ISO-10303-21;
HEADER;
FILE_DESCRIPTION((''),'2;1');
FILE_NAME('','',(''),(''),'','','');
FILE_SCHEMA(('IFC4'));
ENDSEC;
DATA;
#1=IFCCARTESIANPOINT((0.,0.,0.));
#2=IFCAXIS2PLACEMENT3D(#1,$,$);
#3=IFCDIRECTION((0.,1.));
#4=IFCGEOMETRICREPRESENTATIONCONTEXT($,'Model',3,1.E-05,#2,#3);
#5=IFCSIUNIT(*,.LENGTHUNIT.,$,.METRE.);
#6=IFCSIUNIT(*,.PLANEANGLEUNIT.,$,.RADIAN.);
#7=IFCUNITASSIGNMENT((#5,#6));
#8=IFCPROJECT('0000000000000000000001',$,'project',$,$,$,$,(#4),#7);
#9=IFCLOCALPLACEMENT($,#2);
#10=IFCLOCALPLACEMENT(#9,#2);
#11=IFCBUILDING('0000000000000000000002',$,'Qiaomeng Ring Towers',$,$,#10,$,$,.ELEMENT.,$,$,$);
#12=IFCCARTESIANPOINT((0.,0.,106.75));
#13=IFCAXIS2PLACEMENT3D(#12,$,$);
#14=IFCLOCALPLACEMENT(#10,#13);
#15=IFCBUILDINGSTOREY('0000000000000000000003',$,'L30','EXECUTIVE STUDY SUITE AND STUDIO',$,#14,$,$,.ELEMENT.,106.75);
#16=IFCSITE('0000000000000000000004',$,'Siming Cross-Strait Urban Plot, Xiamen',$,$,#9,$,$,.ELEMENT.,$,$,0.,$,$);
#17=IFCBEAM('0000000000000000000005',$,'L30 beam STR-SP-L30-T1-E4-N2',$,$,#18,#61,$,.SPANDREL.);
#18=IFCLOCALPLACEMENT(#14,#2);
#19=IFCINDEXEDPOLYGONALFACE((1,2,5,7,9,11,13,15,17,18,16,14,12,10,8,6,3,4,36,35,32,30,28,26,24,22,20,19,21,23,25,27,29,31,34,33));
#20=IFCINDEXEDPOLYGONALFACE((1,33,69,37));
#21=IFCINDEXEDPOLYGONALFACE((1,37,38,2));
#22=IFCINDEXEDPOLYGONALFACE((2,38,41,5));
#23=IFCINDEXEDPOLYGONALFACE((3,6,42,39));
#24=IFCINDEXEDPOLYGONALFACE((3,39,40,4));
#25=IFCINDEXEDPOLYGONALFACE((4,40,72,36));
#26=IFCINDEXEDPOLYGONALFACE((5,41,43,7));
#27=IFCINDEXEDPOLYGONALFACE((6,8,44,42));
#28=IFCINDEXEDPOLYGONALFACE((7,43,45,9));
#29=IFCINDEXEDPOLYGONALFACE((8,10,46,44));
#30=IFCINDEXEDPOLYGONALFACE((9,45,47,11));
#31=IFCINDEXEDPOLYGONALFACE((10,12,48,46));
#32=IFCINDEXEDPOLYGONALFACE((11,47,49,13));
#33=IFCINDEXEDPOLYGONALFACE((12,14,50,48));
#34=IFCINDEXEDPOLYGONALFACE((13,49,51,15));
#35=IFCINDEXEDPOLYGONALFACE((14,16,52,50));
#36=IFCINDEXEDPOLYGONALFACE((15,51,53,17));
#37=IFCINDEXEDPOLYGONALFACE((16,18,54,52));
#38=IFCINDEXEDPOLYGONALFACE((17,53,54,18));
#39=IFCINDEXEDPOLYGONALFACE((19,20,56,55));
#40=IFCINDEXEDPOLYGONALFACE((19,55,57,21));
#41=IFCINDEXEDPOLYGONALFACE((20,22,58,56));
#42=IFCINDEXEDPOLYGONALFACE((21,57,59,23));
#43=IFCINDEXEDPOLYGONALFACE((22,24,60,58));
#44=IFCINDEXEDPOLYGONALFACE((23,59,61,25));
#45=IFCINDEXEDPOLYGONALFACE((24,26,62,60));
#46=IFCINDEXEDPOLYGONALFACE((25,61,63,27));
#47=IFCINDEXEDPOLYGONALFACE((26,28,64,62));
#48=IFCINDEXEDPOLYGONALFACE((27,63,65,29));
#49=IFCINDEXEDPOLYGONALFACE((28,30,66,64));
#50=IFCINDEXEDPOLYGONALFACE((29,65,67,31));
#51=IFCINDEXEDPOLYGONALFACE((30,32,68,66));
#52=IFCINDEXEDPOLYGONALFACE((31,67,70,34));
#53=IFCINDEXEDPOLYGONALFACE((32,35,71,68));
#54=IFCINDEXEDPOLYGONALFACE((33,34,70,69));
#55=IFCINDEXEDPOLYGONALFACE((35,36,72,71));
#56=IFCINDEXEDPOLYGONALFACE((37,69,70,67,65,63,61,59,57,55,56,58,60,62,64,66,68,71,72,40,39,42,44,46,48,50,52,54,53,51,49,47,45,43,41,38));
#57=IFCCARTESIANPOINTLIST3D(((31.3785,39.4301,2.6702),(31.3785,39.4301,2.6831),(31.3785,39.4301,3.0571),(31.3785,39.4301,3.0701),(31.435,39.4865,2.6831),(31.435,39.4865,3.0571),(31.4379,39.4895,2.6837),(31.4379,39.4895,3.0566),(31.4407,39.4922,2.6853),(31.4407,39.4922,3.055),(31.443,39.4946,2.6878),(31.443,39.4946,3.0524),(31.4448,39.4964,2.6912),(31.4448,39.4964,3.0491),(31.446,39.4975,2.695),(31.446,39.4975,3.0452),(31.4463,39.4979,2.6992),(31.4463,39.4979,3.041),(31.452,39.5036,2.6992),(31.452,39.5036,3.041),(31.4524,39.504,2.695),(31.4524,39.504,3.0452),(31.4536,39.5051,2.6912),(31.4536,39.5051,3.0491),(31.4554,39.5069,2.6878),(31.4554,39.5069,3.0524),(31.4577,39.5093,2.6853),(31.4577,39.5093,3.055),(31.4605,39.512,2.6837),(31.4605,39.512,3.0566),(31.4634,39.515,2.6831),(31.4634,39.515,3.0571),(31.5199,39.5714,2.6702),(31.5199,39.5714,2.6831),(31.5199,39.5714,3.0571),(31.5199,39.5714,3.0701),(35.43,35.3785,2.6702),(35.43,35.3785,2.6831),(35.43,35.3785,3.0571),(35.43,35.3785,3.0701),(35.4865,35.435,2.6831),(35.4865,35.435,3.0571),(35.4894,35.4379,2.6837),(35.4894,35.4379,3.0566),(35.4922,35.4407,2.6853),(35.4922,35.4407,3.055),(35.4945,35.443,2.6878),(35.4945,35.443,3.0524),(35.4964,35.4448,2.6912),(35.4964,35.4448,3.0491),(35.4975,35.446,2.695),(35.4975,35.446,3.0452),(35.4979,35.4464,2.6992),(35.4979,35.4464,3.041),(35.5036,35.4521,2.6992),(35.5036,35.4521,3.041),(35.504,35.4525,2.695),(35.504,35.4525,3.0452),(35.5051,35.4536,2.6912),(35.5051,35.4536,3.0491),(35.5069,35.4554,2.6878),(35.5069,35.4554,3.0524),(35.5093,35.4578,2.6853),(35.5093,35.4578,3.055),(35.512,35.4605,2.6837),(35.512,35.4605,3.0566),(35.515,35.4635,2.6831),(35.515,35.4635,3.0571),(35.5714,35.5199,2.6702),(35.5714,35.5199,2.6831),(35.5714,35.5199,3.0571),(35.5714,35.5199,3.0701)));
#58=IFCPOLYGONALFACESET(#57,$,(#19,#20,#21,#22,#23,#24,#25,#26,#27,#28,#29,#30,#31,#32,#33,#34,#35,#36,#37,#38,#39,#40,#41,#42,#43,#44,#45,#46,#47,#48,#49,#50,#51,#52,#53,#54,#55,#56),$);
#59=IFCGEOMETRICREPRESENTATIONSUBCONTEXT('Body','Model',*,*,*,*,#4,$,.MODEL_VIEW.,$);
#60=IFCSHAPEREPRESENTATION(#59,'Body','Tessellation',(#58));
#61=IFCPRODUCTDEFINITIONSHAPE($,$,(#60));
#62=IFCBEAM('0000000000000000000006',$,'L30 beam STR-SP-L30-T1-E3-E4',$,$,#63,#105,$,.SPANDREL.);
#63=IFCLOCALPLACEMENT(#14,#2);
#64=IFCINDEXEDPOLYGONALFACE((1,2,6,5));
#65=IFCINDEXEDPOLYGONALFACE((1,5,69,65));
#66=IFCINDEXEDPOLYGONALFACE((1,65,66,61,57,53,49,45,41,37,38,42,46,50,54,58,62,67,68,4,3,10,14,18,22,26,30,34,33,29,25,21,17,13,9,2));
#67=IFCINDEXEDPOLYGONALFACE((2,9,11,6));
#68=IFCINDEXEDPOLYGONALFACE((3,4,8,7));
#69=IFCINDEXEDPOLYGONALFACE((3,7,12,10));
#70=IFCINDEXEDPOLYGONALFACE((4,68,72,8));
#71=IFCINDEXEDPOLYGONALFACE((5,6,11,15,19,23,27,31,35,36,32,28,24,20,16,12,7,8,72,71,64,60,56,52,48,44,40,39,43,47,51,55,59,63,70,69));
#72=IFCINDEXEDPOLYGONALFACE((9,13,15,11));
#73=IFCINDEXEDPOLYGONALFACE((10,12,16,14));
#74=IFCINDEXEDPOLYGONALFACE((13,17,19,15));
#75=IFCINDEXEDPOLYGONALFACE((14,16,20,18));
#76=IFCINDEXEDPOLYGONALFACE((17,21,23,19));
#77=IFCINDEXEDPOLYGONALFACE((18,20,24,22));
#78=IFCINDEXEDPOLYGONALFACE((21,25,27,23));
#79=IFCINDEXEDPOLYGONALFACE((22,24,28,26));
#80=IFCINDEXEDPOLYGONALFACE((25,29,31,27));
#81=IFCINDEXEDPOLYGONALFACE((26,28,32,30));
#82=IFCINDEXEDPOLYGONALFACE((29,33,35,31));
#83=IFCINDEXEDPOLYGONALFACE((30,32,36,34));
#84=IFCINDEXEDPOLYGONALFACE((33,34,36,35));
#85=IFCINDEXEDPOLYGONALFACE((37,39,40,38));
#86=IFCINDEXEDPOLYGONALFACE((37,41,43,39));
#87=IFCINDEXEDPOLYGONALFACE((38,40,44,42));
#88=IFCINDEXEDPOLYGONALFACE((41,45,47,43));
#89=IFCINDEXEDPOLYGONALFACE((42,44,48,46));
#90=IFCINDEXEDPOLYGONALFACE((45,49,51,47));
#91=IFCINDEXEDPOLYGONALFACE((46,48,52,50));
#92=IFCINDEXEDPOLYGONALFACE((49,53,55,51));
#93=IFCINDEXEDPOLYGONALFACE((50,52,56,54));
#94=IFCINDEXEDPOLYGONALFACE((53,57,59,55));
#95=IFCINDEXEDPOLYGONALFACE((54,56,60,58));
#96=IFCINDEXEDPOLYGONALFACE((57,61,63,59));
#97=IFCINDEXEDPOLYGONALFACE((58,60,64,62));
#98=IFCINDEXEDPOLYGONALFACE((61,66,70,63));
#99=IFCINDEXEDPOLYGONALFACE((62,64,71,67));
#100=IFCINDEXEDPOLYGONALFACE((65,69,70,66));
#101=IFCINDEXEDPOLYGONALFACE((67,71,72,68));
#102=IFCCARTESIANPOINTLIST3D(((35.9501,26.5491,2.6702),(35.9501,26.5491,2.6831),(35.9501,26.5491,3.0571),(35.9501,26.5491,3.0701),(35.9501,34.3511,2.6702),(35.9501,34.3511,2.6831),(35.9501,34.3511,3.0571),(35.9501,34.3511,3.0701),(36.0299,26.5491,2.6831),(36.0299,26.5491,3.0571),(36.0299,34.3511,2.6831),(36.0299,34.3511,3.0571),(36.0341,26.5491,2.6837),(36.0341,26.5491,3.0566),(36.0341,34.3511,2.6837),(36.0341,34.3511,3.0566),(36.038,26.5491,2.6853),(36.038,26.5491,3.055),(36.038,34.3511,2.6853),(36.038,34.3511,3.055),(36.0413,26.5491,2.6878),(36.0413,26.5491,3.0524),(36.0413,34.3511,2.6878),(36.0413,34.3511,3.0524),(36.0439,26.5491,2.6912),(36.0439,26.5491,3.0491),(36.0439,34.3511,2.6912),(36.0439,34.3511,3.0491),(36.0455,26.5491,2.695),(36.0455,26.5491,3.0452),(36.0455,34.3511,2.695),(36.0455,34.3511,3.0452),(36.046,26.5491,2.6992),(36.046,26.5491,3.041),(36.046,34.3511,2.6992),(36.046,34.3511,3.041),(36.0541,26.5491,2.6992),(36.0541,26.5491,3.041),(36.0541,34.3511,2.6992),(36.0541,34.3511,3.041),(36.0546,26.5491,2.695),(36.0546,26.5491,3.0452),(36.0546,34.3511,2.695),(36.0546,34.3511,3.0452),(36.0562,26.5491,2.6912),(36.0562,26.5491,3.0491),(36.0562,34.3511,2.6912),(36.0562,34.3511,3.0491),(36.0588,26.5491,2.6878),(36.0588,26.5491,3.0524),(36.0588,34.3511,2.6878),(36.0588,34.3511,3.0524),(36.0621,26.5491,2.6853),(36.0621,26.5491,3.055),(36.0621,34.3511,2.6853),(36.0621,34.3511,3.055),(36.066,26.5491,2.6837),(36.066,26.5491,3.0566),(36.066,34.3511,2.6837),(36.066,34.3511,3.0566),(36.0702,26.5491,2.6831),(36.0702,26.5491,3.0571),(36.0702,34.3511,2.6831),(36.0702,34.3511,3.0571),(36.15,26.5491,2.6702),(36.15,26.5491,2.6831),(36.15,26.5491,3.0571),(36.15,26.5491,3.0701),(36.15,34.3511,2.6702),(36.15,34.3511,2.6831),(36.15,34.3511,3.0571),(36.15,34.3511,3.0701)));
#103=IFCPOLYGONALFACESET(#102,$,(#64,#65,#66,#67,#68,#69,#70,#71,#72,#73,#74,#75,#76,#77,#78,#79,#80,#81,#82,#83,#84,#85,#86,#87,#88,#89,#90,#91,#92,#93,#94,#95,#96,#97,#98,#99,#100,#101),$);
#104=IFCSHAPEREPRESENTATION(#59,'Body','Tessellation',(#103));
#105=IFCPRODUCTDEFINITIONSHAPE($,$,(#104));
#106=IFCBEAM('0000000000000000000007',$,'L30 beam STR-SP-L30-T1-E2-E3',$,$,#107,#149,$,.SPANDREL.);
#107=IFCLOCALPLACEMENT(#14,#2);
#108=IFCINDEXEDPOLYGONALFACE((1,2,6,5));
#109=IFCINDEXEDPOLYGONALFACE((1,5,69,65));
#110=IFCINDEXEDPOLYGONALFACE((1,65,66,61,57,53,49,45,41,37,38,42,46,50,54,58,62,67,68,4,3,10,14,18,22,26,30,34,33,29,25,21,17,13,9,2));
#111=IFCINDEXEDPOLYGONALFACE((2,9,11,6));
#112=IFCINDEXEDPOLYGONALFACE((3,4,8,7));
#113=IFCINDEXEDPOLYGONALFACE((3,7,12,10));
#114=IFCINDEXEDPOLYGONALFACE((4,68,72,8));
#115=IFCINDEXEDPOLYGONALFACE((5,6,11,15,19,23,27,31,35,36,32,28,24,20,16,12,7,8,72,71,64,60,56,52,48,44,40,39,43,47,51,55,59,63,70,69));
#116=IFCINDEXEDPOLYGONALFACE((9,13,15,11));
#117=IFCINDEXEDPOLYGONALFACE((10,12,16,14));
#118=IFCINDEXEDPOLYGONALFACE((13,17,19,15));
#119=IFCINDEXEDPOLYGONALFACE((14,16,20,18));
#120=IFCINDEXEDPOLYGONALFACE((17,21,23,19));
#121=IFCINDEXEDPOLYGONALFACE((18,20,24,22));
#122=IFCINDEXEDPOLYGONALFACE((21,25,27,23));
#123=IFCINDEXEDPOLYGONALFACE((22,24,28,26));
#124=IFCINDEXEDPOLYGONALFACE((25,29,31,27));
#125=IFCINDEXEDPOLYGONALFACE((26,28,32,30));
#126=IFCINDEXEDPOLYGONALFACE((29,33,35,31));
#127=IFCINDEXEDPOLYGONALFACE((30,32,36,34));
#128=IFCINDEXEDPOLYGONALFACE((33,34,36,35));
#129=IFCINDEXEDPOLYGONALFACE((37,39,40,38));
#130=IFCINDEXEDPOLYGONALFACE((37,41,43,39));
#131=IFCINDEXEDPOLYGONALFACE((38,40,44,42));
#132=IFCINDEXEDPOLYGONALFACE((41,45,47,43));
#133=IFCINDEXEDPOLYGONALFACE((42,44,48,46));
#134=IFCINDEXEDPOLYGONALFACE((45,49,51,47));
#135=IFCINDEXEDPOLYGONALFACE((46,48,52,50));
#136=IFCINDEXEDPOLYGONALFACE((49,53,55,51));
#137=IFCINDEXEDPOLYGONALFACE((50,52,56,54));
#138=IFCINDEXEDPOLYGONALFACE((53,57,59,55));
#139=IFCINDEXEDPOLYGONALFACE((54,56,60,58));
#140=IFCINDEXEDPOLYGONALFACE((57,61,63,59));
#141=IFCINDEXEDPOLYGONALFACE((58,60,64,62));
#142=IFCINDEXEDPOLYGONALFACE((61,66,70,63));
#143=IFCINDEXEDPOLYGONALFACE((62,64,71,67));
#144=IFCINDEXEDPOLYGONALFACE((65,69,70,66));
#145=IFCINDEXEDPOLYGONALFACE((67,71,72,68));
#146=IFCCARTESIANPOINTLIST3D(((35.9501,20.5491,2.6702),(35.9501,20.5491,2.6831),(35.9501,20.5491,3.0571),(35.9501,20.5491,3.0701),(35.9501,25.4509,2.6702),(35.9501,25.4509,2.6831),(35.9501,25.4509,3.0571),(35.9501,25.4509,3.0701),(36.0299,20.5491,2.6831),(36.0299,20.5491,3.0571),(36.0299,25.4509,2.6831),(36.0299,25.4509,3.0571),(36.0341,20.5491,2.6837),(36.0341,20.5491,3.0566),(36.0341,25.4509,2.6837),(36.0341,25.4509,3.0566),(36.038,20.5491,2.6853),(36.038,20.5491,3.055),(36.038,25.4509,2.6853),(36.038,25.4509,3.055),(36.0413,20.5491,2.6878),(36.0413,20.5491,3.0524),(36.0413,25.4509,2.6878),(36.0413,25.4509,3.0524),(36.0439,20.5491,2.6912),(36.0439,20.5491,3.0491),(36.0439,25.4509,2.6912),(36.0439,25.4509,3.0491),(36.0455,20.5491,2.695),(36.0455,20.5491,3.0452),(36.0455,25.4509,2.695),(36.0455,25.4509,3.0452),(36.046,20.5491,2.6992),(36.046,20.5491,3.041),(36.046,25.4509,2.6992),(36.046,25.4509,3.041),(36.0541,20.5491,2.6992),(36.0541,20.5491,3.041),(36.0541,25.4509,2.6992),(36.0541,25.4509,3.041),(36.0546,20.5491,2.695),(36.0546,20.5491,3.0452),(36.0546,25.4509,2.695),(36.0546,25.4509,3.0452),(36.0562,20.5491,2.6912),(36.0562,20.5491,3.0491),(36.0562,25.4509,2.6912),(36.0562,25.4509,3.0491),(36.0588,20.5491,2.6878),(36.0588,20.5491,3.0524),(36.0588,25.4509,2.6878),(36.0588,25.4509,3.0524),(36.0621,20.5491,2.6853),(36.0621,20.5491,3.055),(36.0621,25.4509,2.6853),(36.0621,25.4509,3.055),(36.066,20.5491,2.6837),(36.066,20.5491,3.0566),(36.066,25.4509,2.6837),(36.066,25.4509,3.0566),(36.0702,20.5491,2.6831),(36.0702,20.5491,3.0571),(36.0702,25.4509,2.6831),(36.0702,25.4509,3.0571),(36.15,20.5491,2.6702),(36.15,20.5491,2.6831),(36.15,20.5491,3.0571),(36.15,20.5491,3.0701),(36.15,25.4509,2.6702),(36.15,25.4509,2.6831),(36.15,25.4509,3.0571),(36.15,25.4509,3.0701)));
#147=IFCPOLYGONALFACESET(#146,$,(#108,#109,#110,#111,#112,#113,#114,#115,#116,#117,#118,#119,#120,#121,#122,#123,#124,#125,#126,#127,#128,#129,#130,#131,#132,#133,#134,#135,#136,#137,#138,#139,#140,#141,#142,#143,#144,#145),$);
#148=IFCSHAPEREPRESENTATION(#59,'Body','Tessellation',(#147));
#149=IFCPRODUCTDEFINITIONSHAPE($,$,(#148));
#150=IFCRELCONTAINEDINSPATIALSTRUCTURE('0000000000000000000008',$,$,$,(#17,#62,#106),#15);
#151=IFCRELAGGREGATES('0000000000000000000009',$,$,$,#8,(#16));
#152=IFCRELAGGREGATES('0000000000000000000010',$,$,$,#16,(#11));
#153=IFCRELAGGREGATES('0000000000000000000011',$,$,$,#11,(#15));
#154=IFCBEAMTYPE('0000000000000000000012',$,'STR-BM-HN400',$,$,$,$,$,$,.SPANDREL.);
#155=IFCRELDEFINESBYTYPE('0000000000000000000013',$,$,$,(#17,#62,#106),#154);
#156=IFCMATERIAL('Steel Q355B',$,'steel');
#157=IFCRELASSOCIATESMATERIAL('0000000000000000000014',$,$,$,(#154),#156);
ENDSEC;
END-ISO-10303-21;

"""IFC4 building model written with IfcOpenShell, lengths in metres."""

from ifc_helpers import new_model, si_unit, direction, frame, origin, origin_2d, place, context, subcontext, project, spatial, i_section, extrude, source, transform, mapped, material, material_profile, profile_set, type_object, element, save


model = new_model("IFC4")

# Units and contexts
model_context = context("Model", 3, precision=1e-05, world=origin(), true_north=direction((0.0, 1.0)))
body_context = subcontext(model_context, "Body", "Model", "MODEL_VIEW")
ifc_project = project(units=[si_unit("LENGTHUNIT", "METRE"), si_unit("PLANEANGLEUNIT", "RADIAN")], contexts=[model_context])

# Site, building, storey
site_placement = place(None, origin())
site = spatial("IfcSite", under=ifc_project, at=site_placement, Name="Siming Cross-Strait Urban Plot, Xiamen", CompositionType="ELEMENT", RefElevation=0.0)
building_placement = place(site_placement, origin())
building = spatial("IfcBuilding", under=site, at=building_placement, Name="Qiaomeng Ring Towers", CompositionType="ELEMENT")
storey_placement = place(building_placement, frame((0.0, 0.0, 106.75)))
storey = spatial("IfcBuildingStorey", under=building, at=storey_placement, Name="L30", Description="EXECUTIVE STUDY SUITE AND STUDIO", CompositionType="ELEMENT", Elevation=106.75)

# Beams
ifc_material_1 = material(Name="Steel Q355B", Category="steel")
ifc_material_profile_1 = material_profile(ifc_material_1, i_section(OverallWidth=0.2, OverallDepth=0.3999, WebThickness=0.0081, FlangeThickness=0.0129, FilletRadius=0.0161, at=origin_2d()), Name="HN 400x200x8x13")
ifc_profile_set_1 = profile_set([ifc_material_profile_1], Name="Steel Q355B")
beam_type_1 = type_object("IfcBeamType", Name="STR-BM-HN400", PredefinedType="SPANDREL", material=ifc_profile_set_1)
shared_shape_1 = source(origin(), body_context, "Body", "SweptSolid", [
    extrude(i_section(OverallWidth=0.2, OverallDepth=0.3999, WebThickness=0.0081, FlangeThickness=0.0129, FilletRadius=0.0161, at=origin_2d()), origin(), (0.0, 0.0, 1.0), 5.7297),
])
beam_1_placement = place(storey_placement, frame((35.5007, 35.4492, 2.8701), z_axis=(-0.707107, 0.707107, 0.0), x_axis=(-0.707107, -0.707107, 0.0)))
element("IfcBeam", 1, at=beam_1_placement, inside=storey, type_object=beam_type_1, Name="L30 beam STR-SP-L30-T1-E4-N2", PredefinedType="SPANDREL", context=body_context, shape_type="MappedRepresentation", body=[
    mapped(shared_shape_1, transform((0.0, 0.0, 0.0), x_axis=(1.0, 0.0, 0.0), y_axis=(0.0, 1.0, 0.0), z_axis=(0.0, 0.0, 1.0), scale=1.0)),
])
shared_shape_2 = source(origin(), body_context, "Body", "SweptSolid", [
    extrude(i_section(OverallWidth=0.2, OverallDepth=0.3999, WebThickness=0.0081, FlangeThickness=0.0129, FilletRadius=0.0161, at=origin_2d()), origin(), (0.0, 0.0, 1.0), 7.802),
])
beam_2_placement = place(storey_placement, frame((36.05, 26.5491, 2.8701), z_axis=(0.0, 1.0, 0.0), x_axis=(-1.0, 0.0, 0.0)))
element("IfcBeam", 2, at=beam_2_placement, inside=storey, type_object=beam_type_1, Name="L30 beam STR-SP-L30-T1-E3-E4", PredefinedType="SPANDREL", context=body_context, shape_type="MappedRepresentation", body=[
    mapped(shared_shape_2, transform((0.0, 0.0, 0.0), x_axis=(1.0, 0.0, 0.0), y_axis=(0.0, 1.0, 0.0), z_axis=(0.0, 0.0, 1.0), scale=1.0)),
])
shared_shape_3 = source(origin(), body_context, "Body", "SweptSolid", [
    extrude(i_section(OverallWidth=0.2, OverallDepth=0.3999, WebThickness=0.0081, FlangeThickness=0.0129, FilletRadius=0.0161, at=origin_2d()), origin(), (0.0, 0.0, 1.0), 4.9019),
])
beam_3_placement = place(storey_placement, frame((36.05, 20.5491, 2.8701), z_axis=(0.0, 1.0, 0.0), x_axis=(-1.0, 0.0, 0.0)))
element("IfcBeam", 3, at=beam_3_placement, inside=storey, type_object=beam_type_1, Name="L30 beam STR-SP-L30-T1-E2-E3", PredefinedType="SPANDREL", context=body_context, shape_type="MappedRepresentation", body=[
    mapped(shared_shape_3, transform((0.0, 0.0, 0.0), x_axis=(1.0, 0.0, 0.0), y_axis=(0.0, 1.0, 0.0), z_axis=(0.0, 0.0, 1.0), scale=1.0)),
])

save(model, "model.ifc")
